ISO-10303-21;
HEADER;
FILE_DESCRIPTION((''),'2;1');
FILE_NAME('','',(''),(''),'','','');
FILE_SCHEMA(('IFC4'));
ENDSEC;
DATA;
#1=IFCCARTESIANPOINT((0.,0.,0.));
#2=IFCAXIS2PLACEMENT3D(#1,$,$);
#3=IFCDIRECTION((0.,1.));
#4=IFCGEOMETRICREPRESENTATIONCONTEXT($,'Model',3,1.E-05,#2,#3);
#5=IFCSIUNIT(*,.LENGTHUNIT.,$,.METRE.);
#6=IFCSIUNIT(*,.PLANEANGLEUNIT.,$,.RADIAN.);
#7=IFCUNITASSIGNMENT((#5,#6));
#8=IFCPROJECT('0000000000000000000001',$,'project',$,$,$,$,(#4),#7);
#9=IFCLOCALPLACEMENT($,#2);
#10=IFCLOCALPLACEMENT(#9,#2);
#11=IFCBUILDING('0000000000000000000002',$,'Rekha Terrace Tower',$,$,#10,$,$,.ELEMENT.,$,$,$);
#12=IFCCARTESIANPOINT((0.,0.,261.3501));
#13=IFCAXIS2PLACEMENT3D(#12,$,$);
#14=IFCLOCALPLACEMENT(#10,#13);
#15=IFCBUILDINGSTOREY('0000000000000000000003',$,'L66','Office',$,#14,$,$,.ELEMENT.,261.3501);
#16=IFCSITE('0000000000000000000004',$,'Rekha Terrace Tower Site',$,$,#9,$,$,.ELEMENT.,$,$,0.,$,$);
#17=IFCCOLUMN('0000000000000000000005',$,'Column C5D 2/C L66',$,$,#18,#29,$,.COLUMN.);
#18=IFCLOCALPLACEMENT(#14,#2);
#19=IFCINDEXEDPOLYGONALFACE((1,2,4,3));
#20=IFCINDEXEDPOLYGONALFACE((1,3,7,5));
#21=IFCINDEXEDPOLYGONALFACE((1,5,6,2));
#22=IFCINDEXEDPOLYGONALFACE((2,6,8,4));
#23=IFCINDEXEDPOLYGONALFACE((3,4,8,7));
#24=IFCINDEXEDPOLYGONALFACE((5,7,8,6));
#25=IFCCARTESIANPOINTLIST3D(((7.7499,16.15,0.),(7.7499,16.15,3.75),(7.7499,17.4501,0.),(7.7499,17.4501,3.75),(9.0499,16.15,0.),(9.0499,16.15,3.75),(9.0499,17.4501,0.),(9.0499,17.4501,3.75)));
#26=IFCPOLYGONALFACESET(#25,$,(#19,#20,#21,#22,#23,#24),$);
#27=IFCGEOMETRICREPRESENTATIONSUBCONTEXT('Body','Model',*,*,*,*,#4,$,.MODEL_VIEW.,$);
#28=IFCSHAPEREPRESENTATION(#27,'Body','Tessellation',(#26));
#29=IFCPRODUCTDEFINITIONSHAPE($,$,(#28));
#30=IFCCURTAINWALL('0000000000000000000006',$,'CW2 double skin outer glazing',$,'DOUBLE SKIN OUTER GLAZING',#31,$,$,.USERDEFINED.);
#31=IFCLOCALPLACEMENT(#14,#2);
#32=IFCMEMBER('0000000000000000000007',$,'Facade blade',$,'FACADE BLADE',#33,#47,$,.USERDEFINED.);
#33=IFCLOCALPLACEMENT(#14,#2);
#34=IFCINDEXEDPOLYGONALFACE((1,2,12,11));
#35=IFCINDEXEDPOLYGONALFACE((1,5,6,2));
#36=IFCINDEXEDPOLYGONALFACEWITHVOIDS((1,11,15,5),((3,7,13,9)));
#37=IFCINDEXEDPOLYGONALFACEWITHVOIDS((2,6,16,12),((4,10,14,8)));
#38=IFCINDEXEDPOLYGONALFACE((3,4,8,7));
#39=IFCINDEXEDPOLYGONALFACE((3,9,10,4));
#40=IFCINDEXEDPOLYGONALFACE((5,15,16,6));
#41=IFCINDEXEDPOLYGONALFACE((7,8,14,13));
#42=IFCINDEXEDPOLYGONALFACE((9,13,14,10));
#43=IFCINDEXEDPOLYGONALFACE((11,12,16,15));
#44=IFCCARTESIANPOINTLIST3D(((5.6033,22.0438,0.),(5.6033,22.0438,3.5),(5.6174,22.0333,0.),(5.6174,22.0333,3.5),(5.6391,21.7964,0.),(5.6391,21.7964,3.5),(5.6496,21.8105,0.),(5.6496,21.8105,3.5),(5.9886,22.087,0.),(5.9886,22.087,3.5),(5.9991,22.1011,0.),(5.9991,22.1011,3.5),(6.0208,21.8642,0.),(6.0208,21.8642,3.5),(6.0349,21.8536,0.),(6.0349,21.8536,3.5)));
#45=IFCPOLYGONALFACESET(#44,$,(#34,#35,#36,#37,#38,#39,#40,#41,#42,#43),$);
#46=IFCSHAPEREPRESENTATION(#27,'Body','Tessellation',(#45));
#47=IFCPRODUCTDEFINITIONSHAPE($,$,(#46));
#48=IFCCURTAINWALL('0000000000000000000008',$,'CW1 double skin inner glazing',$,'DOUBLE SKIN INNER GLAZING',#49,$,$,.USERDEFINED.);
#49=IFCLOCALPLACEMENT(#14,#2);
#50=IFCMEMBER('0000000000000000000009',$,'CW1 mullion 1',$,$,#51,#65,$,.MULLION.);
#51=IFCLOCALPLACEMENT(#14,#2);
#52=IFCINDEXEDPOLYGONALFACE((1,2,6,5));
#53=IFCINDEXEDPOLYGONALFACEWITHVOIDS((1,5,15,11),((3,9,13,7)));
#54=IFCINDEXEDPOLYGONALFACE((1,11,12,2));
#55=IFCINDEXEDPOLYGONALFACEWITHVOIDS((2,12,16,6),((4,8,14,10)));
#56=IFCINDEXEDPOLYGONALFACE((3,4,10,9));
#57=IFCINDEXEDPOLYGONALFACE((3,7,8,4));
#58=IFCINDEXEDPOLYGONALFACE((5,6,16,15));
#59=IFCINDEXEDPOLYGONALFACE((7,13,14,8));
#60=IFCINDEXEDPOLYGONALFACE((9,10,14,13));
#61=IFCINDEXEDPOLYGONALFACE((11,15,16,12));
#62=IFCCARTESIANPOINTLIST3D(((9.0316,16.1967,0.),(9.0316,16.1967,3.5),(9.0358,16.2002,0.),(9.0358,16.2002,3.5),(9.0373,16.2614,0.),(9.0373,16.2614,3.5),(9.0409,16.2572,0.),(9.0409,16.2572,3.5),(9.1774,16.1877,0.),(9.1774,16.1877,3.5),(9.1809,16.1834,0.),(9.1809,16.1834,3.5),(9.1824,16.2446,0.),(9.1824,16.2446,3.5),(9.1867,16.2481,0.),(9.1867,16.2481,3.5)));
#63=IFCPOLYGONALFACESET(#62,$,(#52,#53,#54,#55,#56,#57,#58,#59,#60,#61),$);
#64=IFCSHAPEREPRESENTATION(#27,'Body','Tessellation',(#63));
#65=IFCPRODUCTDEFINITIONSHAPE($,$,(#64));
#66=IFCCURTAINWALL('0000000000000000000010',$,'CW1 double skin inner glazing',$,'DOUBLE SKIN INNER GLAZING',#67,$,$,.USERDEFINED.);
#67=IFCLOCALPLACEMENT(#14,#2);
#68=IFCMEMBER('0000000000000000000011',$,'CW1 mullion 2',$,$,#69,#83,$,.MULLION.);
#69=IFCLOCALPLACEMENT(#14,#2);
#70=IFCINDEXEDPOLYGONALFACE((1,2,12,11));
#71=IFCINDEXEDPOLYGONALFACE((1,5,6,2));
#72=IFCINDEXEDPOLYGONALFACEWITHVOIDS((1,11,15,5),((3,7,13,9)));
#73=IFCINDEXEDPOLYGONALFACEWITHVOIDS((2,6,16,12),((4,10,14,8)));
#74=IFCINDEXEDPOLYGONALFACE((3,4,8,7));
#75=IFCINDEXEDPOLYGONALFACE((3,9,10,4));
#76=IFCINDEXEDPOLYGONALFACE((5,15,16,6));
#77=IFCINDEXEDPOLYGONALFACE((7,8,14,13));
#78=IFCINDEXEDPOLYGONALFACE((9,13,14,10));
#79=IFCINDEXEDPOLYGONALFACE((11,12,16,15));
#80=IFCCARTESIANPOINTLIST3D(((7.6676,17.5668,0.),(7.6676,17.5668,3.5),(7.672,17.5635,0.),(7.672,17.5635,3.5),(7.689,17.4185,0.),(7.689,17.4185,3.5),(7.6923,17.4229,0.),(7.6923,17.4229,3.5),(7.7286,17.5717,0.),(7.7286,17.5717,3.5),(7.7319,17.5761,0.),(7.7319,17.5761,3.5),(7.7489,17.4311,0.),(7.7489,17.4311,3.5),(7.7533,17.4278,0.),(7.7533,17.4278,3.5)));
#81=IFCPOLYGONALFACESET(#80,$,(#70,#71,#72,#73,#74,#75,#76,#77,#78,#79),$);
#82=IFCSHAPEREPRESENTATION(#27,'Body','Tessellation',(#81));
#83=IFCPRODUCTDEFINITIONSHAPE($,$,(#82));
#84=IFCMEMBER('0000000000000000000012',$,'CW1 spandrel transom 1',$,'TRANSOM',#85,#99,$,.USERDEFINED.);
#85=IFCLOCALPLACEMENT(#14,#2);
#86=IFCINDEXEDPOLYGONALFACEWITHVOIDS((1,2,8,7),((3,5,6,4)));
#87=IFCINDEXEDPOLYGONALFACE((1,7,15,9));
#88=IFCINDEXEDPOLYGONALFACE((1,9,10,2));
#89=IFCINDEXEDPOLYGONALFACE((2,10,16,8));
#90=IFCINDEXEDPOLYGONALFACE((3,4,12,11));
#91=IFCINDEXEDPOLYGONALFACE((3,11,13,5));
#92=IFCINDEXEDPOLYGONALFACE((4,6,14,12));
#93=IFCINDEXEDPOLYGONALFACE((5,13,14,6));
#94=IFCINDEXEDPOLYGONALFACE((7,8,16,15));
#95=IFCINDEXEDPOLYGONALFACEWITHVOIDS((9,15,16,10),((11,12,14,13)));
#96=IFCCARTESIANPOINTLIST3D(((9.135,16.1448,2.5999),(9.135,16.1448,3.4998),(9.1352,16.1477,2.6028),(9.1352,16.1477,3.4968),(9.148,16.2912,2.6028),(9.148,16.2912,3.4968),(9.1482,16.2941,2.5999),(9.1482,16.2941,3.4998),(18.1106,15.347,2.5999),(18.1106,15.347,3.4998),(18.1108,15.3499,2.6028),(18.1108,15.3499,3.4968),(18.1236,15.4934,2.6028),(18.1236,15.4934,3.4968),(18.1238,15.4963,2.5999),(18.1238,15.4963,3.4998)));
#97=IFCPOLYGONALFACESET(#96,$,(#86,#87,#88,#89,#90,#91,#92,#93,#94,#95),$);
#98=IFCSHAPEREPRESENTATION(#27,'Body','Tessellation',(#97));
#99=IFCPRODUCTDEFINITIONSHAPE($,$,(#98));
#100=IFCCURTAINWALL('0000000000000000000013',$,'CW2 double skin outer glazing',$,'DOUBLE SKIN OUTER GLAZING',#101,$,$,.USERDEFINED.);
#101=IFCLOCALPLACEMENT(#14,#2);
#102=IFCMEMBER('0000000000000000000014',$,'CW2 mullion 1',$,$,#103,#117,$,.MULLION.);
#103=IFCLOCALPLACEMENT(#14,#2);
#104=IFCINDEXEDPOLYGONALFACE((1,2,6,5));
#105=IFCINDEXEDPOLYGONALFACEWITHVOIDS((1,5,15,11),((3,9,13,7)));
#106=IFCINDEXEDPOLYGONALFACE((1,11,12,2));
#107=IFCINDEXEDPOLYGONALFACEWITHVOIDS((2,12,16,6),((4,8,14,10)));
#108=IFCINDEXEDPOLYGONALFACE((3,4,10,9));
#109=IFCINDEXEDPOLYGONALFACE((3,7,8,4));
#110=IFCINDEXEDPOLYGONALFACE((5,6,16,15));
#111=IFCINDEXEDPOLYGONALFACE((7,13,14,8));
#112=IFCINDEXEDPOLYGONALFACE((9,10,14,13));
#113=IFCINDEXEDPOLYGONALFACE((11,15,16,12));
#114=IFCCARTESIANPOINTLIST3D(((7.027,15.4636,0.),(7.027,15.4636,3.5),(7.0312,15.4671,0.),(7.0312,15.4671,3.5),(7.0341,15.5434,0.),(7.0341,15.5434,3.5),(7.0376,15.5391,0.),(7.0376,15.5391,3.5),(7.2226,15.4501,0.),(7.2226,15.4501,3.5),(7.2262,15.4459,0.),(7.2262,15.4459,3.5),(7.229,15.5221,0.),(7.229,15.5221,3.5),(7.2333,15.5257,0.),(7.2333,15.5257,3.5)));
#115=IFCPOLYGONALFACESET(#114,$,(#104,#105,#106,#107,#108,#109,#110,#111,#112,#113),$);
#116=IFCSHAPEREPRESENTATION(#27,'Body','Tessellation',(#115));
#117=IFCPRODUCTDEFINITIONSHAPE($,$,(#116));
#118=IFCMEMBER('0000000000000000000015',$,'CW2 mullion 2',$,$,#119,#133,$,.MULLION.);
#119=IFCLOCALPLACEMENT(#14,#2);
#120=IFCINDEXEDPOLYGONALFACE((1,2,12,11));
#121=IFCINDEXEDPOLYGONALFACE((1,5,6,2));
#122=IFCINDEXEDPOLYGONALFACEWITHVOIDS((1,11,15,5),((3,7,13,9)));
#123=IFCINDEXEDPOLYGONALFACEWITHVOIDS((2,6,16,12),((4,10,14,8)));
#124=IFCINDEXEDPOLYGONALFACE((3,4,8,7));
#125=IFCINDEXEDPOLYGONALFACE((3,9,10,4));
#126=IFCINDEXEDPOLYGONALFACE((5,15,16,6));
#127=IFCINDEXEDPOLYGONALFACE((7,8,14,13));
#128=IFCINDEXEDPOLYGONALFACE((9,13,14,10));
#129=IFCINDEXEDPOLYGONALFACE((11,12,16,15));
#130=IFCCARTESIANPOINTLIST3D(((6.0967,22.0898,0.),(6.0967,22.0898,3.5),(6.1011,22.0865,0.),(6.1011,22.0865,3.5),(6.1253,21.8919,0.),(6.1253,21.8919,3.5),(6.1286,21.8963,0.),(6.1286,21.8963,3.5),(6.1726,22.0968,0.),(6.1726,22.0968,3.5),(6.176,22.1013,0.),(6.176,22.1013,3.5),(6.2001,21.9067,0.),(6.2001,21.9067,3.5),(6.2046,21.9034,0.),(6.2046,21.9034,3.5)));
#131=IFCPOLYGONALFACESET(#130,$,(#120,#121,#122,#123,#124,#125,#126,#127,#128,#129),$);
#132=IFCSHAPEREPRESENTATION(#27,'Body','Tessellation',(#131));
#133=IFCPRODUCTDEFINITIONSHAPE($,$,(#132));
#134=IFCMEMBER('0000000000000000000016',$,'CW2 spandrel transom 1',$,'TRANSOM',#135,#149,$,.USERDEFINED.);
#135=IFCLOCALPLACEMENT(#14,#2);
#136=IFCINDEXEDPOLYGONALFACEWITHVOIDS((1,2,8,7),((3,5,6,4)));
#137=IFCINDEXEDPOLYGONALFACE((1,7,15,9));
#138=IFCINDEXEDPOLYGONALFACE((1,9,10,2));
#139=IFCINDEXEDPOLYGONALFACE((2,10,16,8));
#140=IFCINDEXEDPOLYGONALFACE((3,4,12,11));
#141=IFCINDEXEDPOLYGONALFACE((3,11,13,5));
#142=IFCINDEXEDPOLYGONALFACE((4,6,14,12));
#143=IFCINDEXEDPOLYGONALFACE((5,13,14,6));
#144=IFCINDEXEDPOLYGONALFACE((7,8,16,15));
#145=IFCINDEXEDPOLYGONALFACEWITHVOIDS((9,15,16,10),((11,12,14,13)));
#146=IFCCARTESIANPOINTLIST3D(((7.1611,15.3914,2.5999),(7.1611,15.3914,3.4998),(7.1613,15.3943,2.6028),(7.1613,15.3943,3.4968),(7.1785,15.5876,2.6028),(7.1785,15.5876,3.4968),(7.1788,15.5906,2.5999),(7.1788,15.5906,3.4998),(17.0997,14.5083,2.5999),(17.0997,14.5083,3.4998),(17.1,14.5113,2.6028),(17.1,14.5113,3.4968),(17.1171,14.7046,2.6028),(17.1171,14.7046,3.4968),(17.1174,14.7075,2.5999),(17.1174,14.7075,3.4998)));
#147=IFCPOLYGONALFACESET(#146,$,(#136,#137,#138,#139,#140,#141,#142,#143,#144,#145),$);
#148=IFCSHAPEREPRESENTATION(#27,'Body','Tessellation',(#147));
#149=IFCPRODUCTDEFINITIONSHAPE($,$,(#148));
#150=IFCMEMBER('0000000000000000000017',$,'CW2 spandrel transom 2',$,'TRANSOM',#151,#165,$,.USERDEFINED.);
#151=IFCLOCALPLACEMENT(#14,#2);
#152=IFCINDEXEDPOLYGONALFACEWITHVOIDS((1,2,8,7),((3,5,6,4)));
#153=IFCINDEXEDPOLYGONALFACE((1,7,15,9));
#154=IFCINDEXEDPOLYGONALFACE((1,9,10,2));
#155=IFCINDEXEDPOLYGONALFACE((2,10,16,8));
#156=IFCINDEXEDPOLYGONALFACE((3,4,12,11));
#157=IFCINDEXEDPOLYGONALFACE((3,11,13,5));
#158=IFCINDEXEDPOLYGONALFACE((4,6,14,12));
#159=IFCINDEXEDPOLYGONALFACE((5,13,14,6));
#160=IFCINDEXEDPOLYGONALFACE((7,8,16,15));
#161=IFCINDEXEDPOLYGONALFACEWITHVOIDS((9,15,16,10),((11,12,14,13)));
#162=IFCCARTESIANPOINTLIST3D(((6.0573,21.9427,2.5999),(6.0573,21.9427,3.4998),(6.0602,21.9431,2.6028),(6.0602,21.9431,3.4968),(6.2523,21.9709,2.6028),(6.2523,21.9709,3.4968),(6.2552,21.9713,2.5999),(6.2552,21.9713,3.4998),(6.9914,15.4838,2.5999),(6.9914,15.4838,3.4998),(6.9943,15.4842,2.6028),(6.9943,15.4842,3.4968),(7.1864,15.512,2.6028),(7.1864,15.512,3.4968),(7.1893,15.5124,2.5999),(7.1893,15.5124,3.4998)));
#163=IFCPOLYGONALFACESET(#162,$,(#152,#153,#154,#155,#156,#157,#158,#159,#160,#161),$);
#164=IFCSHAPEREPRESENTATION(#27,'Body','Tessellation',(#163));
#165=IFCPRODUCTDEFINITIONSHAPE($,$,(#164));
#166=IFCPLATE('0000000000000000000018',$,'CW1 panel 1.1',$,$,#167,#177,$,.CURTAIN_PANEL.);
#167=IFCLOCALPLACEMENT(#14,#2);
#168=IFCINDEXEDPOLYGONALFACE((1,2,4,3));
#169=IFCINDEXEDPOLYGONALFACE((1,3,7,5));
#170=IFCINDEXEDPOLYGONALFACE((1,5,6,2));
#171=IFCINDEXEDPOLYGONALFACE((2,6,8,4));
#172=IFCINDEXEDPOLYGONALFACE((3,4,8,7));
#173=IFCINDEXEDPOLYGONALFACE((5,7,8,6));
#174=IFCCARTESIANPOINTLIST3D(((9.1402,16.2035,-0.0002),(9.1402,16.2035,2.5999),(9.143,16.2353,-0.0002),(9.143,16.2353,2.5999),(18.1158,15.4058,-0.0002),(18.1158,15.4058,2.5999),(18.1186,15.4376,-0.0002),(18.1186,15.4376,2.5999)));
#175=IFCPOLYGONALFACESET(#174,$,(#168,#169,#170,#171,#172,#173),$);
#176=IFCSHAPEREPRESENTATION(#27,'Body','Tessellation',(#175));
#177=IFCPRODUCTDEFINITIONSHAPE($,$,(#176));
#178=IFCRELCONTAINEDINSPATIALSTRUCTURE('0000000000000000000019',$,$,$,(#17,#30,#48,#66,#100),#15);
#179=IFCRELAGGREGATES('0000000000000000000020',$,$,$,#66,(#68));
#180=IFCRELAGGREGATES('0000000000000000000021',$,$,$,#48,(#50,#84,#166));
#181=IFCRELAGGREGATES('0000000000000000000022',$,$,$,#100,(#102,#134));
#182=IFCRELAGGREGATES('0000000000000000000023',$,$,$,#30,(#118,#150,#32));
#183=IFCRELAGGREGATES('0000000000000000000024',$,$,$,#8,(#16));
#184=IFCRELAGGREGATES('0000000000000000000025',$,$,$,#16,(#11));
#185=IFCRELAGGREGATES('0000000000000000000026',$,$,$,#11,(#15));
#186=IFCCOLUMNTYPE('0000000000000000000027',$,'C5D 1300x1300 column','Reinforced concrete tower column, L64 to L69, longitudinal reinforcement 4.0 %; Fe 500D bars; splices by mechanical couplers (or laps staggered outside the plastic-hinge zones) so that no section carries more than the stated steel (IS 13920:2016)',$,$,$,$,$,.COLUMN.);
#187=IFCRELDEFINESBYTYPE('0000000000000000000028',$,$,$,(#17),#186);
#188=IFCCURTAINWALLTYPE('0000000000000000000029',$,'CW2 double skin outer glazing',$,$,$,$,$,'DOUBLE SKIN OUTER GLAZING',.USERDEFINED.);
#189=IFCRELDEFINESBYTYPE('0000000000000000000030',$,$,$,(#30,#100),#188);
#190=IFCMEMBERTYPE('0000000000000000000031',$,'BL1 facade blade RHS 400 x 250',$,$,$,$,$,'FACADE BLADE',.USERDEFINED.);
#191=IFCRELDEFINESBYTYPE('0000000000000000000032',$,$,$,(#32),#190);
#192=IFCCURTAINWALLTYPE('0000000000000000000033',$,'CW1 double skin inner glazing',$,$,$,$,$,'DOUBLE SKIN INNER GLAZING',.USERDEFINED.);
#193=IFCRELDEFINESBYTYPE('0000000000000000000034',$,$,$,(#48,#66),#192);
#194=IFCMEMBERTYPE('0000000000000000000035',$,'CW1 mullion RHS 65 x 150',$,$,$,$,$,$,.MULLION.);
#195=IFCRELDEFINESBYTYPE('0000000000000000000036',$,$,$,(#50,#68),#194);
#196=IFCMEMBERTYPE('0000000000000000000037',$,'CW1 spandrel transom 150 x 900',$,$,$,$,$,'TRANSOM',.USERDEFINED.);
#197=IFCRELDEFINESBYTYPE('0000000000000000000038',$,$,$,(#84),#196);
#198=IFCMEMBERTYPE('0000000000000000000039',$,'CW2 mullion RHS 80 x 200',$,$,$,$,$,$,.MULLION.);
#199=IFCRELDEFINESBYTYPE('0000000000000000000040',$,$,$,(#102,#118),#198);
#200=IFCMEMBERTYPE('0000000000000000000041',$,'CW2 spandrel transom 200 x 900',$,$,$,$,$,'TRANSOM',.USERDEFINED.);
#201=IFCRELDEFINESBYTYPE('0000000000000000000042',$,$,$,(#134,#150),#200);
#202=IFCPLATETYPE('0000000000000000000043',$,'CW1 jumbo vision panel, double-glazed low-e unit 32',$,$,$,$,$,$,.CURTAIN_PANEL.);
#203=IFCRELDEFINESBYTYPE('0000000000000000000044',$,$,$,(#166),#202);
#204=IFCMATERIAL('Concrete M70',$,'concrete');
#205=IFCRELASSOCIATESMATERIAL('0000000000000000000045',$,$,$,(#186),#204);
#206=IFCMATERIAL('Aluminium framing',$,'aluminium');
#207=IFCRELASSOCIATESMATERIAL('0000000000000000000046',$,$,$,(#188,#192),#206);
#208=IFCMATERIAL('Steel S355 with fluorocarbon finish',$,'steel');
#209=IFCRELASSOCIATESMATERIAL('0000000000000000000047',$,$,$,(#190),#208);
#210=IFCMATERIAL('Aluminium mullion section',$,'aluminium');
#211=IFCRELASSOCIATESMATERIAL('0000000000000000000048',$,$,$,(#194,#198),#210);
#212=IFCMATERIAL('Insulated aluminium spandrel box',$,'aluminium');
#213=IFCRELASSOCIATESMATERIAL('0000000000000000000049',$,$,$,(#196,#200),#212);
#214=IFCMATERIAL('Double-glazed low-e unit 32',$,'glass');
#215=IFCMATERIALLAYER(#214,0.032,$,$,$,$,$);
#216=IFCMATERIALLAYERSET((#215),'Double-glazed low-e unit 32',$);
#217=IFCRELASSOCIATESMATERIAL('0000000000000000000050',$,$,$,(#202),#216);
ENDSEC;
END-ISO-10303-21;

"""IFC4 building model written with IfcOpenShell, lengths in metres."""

from ifc_helpers import new_model, si_unit, direction, frame, origin, origin_2d, place, context, subcontext, project, spatial, rectangle, hollow_rectangle, extrude, material, layer, layer_set, material_profile, profile_set, type_object, element, aggregate, save


model = new_model("IFC4")

# Units and contexts
model_context = context("Model", 3, precision=1e-05, world=origin(), true_north=direction((0.0, 1.0)))
body_context = subcontext(model_context, "Body", "Model", "MODEL_VIEW")
ifc_project = project(units=[si_unit("LENGTHUNIT", "METRE"), si_unit("PLANEANGLEUNIT", "RADIAN")], contexts=[model_context])

# Site, building, storey
site_placement = place(None, origin())
site = spatial("IfcSite", under=ifc_project, at=site_placement, Name="Rekha Terrace Tower Site", CompositionType="ELEMENT", RefElevation=0.0)
building_placement = place(site_placement, origin())
building = spatial("IfcBuilding", under=site, at=building_placement, Name="Rekha Terrace Tower", CompositionType="ELEMENT")
storey_placement = place(building_placement, frame((0.0, 0.0, 261.3501)))
storey = spatial("IfcBuildingStorey", under=building, at=storey_placement, Name="L66", Description="Office", CompositionType="ELEMENT", Elevation=261.3501)

# Column
ifc_material_1 = material(Name="Concrete M70", Category="concrete")
ifc_material_profile_1 = material_profile(ifc_material_1, rectangle(XDim=1.3, YDim=1.3, at=origin_2d()), Name="RC 1300x1300")
ifc_profile_set_1 = profile_set([ifc_material_profile_1], Name="Concrete M70")
column_type = type_object("IfcColumnType", Name="C5D 1300x1300 column", Description="Reinforced concrete tower column, L64 to L69, longitudinal reinforcement 4.0 %; Fe 500D bars; splices by mechanical couplers (or laps staggered outside the plastic-hinge zones) so that no section carries more than the stated steel (IS 13920:2016)", PredefinedType="COLUMN", material=ifc_profile_set_1)
column_placement = place(storey_placement, frame((8.3999, 16.8, 0.0), z_axis=(0.0, 0.0, 1.0), x_axis=(1.0, 0.0, 0.0)))
element("IfcColumn", 1, at=column_placement, inside=storey, type_object=column_type, Name="Column C5D 2/C L66", PredefinedType="COLUMN", context=body_context, shape_type="SweptSolid", body=[
    extrude(rectangle(XDim=1.3, YDim=1.3, at=origin_2d()), origin(), (0.0, 0.0, 1.0), 3.75),
])

# Curtain walls, members
ifc_material_2 = material(Name="Aluminium framing", Category="aluminium")
curtain_wall_type_1 = type_object("IfcCurtainWallType", Name="CW2 double skin outer glazing", ElementType="DOUBLE SKIN OUTER GLAZING", PredefinedType="USERDEFINED", material=ifc_material_2)
curtain_wall_1_placement = place(storey_placement, origin())
curtain_wall_1 = element("IfcCurtainWall", 2, at=curtain_wall_1_placement, inside=storey, type_object=curtain_wall_type_1, Name="CW2 double skin outer glazing", ObjectType="DOUBLE SKIN OUTER GLAZING", PredefinedType="USERDEFINED")
ifc_material_3 = material(Name="Steel S355 with fluorocarbon finish", Category="steel")
ifc_material_profile_2 = material_profile(ifc_material_3, hollow_rectangle(XDim=0.25, YDim=0.3999, WallThickness=0.0125, at=origin_2d()), Name="RHS400x250x12.5")
ifc_profile_set_2 = profile_set([ifc_material_profile_2], Name="Steel S355 with fluorocarbon finish")
member_type_1 = type_object("IfcMemberType", Name="BL1 facade blade RHS 400 x 250", ElementType="FACADE BLADE", PredefinedType="USERDEFINED", material=ifc_profile_set_2)
member_1_placement = place(storey_placement, frame((5.8191, 21.9487, 0.0), z_axis=(0.0, 0.0, 1.0), x_axis=(0.143109, -0.989707, 0.0)))
member_1 = element("IfcMember", 3, at=member_1_placement, type_object=member_type_1, Name="Facade blade", ObjectType="FACADE BLADE", PredefinedType="USERDEFINED", context=body_context, shape_type="SweptSolid", body=[
    extrude(hollow_rectangle(XDim=0.25, YDim=0.3999, WallThickness=0.0125, at=origin_2d()), origin(), (0.0, 0.0, 1.0), 3.5),
])
curtain_wall_type_2 = type_object("IfcCurtainWallType", Name="CW1 double skin inner glazing", ElementType="DOUBLE SKIN INNER GLAZING", PredefinedType="USERDEFINED", material=ifc_material_2)
curtain_wall_2_placement = place(storey_placement, origin())
curtain_wall_2 = element("IfcCurtainWall", 4, at=curtain_wall_2_placement, inside=storey, type_object=curtain_wall_type_2, Name="CW1 double skin inner glazing", ObjectType="DOUBLE SKIN INNER GLAZING", PredefinedType="USERDEFINED")
ifc_material_4 = material(Name="Aluminium mullion section", Category="aluminium")
ifc_material_profile_3 = material_profile(ifc_material_4, hollow_rectangle(XDim=0.0649, YDim=0.1499, WallThickness=0.0039, at=origin_2d()), Name="AL RHS 65x150")
ifc_profile_set_3 = profile_set([ifc_material_profile_3], Name="Aluminium mullion section")
member_type_2 = type_object("IfcMemberType", Name="CW1 mullion RHS 65 x 150", PredefinedType="MULLION", material=ifc_profile_set_3)
member_2_placement = place(storey_placement, frame((9.1091, 16.2224, 0.0), z_axis=(0.0, 0.0, 1.0), x_axis=(0.088522, 0.996074, 0.0)))
member_2 = element("IfcMember", 5, at=member_2_placement, type_object=member_type_2, Name="CW1 mullion 1", PredefinedType="MULLION", context=body_context, shape_type="SweptSolid", body=[
    extrude(hollow_rectangle(XDim=0.0649, YDim=0.1499, WallThickness=0.0039, at=origin_2d()), origin(), (0.0, 0.0, 1.0), 3.5),
])
curtain_wall_3_placement = place(storey_placement, origin())
curtain_wall_3 = element("IfcCurtainWall", 6, at=curtain_wall_3_placement, inside=storey, type_object=curtain_wall_type_2, Name="CW1 double skin inner glazing", ObjectType="DOUBLE SKIN INNER GLAZING", PredefinedType="USERDEFINED")
member_3_placement = place(storey_placement, frame((7.7104, 17.4973, 0.0), z_axis=(0.0, 0.0, 1.0), x_axis=(0.989707, 0.143108, 0.0)))
member_3 = element("IfcMember", 7, at=member_3_placement, type_object=member_type_2, Name="CW1 mullion 2", PredefinedType="MULLION", context=body_context, shape_type="SweptSolid", body=[
    extrude(hollow_rectangle(XDim=0.0649, YDim=0.1499, WallThickness=0.0039, at=origin_2d()), origin(), (0.0, 0.0, 1.0), 3.5),
])
aggregate(curtain_wall_3, [member_3])

# Member
ifc_material_5 = material(Name="Insulated aluminium spandrel box", Category="aluminium")
ifc_material_profile_4 = material_profile(ifc_material_5, hollow_rectangle(XDim=0.1499, YDim=0.8999, WallThickness=0.0029, at=origin_2d()), Name="AL SPANDREL BOX 150x900")
ifc_profile_set_4 = profile_set([ifc_material_profile_4], Name="Insulated aluminium spandrel box")
member_type_3 = type_object("IfcMemberType", Name="CW1 spandrel transom 150 x 900", ElementType="TRANSOM", PredefinedType="USERDEFINED", material=ifc_profile_set_4)
member_4_placement = place(storey_placement, frame((9.1416, 16.2195, 3.0498), z_axis=(0.996072, -0.088542, 0.0), x_axis=(0.088542, 0.996072, 0.0)))
member_4 = element("IfcMember", 8, at=member_4_placement, type_object=member_type_3, Name="CW1 spandrel transom 1", ObjectType="TRANSOM", PredefinedType="USERDEFINED", context=body_context, shape_type="SweptSolid", body=[
    extrude(hollow_rectangle(XDim=0.1499, YDim=0.8999, WallThickness=0.0029, at=origin_2d()), origin(), (0.0, 0.0, 1.0), 9.011),
])

# Curtain wall, member
curtain_wall_4_placement = place(storey_placement, origin())
curtain_wall_4 = element("IfcCurtainWall", 9, at=curtain_wall_4_placement, inside=storey, type_object=curtain_wall_type_1, Name="CW2 double skin outer glazing", ObjectType="DOUBLE SKIN OUTER GLAZING", PredefinedType="USERDEFINED")
ifc_material_profile_5 = material_profile(ifc_material_4, hollow_rectangle(XDim=0.0801, YDim=0.2, WallThickness=0.0039, at=origin_2d()), Name="AL RHS 80x200")
ifc_profile_set_5 = profile_set([ifc_material_profile_5], Name="Aluminium mullion section")
member_type_4 = type_object("IfcMemberType", Name="CW2 mullion RHS 80 x 200", PredefinedType="MULLION", material=ifc_profile_set_5)
member_5_placement = place(storey_placement, frame((7.1301, 15.4946, 0.0), z_axis=(0.0, 0.0, 1.0), x_axis=(0.088522, 0.996074, 0.0)))
member_5 = element("IfcMember", 10, at=member_5_placement, type_object=member_type_4, Name="CW2 mullion 1", PredefinedType="MULLION", context=body_context, shape_type="SweptSolid", body=[
    extrude(hollow_rectangle(XDim=0.0801, YDim=0.2, WallThickness=0.0039, at=origin_2d()), origin(), (0.0, 0.0, 1.0), 3.5),
])

# Members
member_6_placement = place(storey_placement, frame((6.1506, 21.9966, 0.0), z_axis=(0.0, 0.0, 1.0), x_axis=(0.989707, 0.143108, 0.0)))
member_6 = element("IfcMember", 11, at=member_6_placement, type_object=member_type_4, Name="CW2 mullion 2", PredefinedType="MULLION", context=body_context, shape_type="SweptSolid", body=[
    extrude(hollow_rectangle(XDim=0.0801, YDim=0.2, WallThickness=0.0039, at=origin_2d()), origin(), (0.0, 0.0, 1.0), 3.5),
])
ifc_material_profile_6 = material_profile(ifc_material_5, hollow_rectangle(XDim=0.2, YDim=0.8999, WallThickness=0.0029, at=origin_2d()), Name="AL SPANDREL BOX 200x900")
ifc_profile_set_6 = profile_set([ifc_material_profile_6], Name="Insulated aluminium spandrel box")
member_type_5 = type_object("IfcMemberType", Name="CW2 spandrel transom 200 x 900", ElementType="TRANSOM", PredefinedType="USERDEFINED", material=ifc_profile_set_6)
member_7_placement = place(storey_placement, frame((7.1699, 15.491, 3.0498), z_axis=(0.996076, -0.088501, 0.0), x_axis=(0.088501, 0.996076, 0.0)))
member_7 = element("IfcMember", 12, at=member_7_placement, type_object=member_type_5, Name="CW2 spandrel transom 1", ObjectType="TRANSOM", PredefinedType="USERDEFINED", context=body_context, shape_type="SweptSolid", body=[
    extrude(hollow_rectangle(XDim=0.2, YDim=0.8999, WallThickness=0.0029, at=origin_2d()), origin(), (0.0, 0.0, 1.0), 9.9778),
])
member_8_placement = place(storey_placement, frame((6.1562, 21.957, 3.0498), z_axis=(0.143129, -0.989704, 0.0), x_axis=(0.989704, 0.143129, 0.0)))
member_8 = element("IfcMember", 13, at=member_8_placement, type_object=member_type_5, Name="CW2 spandrel transom 2", ObjectType="TRANSOM", PredefinedType="USERDEFINED", context=body_context, shape_type="SweptSolid", body=[
    extrude(hollow_rectangle(XDim=0.2, YDim=0.8999, WallThickness=0.0029, at=origin_2d()), origin(), (0.0, 0.0, 1.0), 6.5261),
])

# Plate
ifc_material_6 = material(Name="Double-glazed low-e unit 32", Category="glass")
ifc_layer_1 = layer(ifc_material_6, 0.032)
ifc_layer_set_1 = layer_set([ifc_layer_1], Name="Double-glazed low-e unit 32")
plate_type_1 = type_object("IfcPlateType", Name="CW1 jumbo vision panel, double-glazed low-e unit 32", PredefinedType="CURTAIN_PANEL", material=ifc_layer_set_1)
plate_1_placement = place(storey_placement, frame((13.6294, 15.8206, -0.0002), z_axis=(0.0, 0.0, 1.0), x_axis=(0.996074, -0.088522, 0.0)))
plate_1 = element("IfcPlate", 14, at=plate_1_placement, type_object=plate_type_1, Name="CW1 panel 1.1", PredefinedType="CURTAIN_PANEL", context=body_context, shape_type="SweptSolid", body=[
    extrude(rectangle(XDim=9.011, YDim=0.032, at=origin_2d()), origin(), (0.0, 0.0, 1.0), 2.6001),
])
aggregate(curtain_wall_2, [member_2, member_4, plate_1])
aggregate(curtain_wall_4, [member_5, member_7])
aggregate(curtain_wall_1, [member_6, member_8, member_1])

save(model, "model.ifc")
